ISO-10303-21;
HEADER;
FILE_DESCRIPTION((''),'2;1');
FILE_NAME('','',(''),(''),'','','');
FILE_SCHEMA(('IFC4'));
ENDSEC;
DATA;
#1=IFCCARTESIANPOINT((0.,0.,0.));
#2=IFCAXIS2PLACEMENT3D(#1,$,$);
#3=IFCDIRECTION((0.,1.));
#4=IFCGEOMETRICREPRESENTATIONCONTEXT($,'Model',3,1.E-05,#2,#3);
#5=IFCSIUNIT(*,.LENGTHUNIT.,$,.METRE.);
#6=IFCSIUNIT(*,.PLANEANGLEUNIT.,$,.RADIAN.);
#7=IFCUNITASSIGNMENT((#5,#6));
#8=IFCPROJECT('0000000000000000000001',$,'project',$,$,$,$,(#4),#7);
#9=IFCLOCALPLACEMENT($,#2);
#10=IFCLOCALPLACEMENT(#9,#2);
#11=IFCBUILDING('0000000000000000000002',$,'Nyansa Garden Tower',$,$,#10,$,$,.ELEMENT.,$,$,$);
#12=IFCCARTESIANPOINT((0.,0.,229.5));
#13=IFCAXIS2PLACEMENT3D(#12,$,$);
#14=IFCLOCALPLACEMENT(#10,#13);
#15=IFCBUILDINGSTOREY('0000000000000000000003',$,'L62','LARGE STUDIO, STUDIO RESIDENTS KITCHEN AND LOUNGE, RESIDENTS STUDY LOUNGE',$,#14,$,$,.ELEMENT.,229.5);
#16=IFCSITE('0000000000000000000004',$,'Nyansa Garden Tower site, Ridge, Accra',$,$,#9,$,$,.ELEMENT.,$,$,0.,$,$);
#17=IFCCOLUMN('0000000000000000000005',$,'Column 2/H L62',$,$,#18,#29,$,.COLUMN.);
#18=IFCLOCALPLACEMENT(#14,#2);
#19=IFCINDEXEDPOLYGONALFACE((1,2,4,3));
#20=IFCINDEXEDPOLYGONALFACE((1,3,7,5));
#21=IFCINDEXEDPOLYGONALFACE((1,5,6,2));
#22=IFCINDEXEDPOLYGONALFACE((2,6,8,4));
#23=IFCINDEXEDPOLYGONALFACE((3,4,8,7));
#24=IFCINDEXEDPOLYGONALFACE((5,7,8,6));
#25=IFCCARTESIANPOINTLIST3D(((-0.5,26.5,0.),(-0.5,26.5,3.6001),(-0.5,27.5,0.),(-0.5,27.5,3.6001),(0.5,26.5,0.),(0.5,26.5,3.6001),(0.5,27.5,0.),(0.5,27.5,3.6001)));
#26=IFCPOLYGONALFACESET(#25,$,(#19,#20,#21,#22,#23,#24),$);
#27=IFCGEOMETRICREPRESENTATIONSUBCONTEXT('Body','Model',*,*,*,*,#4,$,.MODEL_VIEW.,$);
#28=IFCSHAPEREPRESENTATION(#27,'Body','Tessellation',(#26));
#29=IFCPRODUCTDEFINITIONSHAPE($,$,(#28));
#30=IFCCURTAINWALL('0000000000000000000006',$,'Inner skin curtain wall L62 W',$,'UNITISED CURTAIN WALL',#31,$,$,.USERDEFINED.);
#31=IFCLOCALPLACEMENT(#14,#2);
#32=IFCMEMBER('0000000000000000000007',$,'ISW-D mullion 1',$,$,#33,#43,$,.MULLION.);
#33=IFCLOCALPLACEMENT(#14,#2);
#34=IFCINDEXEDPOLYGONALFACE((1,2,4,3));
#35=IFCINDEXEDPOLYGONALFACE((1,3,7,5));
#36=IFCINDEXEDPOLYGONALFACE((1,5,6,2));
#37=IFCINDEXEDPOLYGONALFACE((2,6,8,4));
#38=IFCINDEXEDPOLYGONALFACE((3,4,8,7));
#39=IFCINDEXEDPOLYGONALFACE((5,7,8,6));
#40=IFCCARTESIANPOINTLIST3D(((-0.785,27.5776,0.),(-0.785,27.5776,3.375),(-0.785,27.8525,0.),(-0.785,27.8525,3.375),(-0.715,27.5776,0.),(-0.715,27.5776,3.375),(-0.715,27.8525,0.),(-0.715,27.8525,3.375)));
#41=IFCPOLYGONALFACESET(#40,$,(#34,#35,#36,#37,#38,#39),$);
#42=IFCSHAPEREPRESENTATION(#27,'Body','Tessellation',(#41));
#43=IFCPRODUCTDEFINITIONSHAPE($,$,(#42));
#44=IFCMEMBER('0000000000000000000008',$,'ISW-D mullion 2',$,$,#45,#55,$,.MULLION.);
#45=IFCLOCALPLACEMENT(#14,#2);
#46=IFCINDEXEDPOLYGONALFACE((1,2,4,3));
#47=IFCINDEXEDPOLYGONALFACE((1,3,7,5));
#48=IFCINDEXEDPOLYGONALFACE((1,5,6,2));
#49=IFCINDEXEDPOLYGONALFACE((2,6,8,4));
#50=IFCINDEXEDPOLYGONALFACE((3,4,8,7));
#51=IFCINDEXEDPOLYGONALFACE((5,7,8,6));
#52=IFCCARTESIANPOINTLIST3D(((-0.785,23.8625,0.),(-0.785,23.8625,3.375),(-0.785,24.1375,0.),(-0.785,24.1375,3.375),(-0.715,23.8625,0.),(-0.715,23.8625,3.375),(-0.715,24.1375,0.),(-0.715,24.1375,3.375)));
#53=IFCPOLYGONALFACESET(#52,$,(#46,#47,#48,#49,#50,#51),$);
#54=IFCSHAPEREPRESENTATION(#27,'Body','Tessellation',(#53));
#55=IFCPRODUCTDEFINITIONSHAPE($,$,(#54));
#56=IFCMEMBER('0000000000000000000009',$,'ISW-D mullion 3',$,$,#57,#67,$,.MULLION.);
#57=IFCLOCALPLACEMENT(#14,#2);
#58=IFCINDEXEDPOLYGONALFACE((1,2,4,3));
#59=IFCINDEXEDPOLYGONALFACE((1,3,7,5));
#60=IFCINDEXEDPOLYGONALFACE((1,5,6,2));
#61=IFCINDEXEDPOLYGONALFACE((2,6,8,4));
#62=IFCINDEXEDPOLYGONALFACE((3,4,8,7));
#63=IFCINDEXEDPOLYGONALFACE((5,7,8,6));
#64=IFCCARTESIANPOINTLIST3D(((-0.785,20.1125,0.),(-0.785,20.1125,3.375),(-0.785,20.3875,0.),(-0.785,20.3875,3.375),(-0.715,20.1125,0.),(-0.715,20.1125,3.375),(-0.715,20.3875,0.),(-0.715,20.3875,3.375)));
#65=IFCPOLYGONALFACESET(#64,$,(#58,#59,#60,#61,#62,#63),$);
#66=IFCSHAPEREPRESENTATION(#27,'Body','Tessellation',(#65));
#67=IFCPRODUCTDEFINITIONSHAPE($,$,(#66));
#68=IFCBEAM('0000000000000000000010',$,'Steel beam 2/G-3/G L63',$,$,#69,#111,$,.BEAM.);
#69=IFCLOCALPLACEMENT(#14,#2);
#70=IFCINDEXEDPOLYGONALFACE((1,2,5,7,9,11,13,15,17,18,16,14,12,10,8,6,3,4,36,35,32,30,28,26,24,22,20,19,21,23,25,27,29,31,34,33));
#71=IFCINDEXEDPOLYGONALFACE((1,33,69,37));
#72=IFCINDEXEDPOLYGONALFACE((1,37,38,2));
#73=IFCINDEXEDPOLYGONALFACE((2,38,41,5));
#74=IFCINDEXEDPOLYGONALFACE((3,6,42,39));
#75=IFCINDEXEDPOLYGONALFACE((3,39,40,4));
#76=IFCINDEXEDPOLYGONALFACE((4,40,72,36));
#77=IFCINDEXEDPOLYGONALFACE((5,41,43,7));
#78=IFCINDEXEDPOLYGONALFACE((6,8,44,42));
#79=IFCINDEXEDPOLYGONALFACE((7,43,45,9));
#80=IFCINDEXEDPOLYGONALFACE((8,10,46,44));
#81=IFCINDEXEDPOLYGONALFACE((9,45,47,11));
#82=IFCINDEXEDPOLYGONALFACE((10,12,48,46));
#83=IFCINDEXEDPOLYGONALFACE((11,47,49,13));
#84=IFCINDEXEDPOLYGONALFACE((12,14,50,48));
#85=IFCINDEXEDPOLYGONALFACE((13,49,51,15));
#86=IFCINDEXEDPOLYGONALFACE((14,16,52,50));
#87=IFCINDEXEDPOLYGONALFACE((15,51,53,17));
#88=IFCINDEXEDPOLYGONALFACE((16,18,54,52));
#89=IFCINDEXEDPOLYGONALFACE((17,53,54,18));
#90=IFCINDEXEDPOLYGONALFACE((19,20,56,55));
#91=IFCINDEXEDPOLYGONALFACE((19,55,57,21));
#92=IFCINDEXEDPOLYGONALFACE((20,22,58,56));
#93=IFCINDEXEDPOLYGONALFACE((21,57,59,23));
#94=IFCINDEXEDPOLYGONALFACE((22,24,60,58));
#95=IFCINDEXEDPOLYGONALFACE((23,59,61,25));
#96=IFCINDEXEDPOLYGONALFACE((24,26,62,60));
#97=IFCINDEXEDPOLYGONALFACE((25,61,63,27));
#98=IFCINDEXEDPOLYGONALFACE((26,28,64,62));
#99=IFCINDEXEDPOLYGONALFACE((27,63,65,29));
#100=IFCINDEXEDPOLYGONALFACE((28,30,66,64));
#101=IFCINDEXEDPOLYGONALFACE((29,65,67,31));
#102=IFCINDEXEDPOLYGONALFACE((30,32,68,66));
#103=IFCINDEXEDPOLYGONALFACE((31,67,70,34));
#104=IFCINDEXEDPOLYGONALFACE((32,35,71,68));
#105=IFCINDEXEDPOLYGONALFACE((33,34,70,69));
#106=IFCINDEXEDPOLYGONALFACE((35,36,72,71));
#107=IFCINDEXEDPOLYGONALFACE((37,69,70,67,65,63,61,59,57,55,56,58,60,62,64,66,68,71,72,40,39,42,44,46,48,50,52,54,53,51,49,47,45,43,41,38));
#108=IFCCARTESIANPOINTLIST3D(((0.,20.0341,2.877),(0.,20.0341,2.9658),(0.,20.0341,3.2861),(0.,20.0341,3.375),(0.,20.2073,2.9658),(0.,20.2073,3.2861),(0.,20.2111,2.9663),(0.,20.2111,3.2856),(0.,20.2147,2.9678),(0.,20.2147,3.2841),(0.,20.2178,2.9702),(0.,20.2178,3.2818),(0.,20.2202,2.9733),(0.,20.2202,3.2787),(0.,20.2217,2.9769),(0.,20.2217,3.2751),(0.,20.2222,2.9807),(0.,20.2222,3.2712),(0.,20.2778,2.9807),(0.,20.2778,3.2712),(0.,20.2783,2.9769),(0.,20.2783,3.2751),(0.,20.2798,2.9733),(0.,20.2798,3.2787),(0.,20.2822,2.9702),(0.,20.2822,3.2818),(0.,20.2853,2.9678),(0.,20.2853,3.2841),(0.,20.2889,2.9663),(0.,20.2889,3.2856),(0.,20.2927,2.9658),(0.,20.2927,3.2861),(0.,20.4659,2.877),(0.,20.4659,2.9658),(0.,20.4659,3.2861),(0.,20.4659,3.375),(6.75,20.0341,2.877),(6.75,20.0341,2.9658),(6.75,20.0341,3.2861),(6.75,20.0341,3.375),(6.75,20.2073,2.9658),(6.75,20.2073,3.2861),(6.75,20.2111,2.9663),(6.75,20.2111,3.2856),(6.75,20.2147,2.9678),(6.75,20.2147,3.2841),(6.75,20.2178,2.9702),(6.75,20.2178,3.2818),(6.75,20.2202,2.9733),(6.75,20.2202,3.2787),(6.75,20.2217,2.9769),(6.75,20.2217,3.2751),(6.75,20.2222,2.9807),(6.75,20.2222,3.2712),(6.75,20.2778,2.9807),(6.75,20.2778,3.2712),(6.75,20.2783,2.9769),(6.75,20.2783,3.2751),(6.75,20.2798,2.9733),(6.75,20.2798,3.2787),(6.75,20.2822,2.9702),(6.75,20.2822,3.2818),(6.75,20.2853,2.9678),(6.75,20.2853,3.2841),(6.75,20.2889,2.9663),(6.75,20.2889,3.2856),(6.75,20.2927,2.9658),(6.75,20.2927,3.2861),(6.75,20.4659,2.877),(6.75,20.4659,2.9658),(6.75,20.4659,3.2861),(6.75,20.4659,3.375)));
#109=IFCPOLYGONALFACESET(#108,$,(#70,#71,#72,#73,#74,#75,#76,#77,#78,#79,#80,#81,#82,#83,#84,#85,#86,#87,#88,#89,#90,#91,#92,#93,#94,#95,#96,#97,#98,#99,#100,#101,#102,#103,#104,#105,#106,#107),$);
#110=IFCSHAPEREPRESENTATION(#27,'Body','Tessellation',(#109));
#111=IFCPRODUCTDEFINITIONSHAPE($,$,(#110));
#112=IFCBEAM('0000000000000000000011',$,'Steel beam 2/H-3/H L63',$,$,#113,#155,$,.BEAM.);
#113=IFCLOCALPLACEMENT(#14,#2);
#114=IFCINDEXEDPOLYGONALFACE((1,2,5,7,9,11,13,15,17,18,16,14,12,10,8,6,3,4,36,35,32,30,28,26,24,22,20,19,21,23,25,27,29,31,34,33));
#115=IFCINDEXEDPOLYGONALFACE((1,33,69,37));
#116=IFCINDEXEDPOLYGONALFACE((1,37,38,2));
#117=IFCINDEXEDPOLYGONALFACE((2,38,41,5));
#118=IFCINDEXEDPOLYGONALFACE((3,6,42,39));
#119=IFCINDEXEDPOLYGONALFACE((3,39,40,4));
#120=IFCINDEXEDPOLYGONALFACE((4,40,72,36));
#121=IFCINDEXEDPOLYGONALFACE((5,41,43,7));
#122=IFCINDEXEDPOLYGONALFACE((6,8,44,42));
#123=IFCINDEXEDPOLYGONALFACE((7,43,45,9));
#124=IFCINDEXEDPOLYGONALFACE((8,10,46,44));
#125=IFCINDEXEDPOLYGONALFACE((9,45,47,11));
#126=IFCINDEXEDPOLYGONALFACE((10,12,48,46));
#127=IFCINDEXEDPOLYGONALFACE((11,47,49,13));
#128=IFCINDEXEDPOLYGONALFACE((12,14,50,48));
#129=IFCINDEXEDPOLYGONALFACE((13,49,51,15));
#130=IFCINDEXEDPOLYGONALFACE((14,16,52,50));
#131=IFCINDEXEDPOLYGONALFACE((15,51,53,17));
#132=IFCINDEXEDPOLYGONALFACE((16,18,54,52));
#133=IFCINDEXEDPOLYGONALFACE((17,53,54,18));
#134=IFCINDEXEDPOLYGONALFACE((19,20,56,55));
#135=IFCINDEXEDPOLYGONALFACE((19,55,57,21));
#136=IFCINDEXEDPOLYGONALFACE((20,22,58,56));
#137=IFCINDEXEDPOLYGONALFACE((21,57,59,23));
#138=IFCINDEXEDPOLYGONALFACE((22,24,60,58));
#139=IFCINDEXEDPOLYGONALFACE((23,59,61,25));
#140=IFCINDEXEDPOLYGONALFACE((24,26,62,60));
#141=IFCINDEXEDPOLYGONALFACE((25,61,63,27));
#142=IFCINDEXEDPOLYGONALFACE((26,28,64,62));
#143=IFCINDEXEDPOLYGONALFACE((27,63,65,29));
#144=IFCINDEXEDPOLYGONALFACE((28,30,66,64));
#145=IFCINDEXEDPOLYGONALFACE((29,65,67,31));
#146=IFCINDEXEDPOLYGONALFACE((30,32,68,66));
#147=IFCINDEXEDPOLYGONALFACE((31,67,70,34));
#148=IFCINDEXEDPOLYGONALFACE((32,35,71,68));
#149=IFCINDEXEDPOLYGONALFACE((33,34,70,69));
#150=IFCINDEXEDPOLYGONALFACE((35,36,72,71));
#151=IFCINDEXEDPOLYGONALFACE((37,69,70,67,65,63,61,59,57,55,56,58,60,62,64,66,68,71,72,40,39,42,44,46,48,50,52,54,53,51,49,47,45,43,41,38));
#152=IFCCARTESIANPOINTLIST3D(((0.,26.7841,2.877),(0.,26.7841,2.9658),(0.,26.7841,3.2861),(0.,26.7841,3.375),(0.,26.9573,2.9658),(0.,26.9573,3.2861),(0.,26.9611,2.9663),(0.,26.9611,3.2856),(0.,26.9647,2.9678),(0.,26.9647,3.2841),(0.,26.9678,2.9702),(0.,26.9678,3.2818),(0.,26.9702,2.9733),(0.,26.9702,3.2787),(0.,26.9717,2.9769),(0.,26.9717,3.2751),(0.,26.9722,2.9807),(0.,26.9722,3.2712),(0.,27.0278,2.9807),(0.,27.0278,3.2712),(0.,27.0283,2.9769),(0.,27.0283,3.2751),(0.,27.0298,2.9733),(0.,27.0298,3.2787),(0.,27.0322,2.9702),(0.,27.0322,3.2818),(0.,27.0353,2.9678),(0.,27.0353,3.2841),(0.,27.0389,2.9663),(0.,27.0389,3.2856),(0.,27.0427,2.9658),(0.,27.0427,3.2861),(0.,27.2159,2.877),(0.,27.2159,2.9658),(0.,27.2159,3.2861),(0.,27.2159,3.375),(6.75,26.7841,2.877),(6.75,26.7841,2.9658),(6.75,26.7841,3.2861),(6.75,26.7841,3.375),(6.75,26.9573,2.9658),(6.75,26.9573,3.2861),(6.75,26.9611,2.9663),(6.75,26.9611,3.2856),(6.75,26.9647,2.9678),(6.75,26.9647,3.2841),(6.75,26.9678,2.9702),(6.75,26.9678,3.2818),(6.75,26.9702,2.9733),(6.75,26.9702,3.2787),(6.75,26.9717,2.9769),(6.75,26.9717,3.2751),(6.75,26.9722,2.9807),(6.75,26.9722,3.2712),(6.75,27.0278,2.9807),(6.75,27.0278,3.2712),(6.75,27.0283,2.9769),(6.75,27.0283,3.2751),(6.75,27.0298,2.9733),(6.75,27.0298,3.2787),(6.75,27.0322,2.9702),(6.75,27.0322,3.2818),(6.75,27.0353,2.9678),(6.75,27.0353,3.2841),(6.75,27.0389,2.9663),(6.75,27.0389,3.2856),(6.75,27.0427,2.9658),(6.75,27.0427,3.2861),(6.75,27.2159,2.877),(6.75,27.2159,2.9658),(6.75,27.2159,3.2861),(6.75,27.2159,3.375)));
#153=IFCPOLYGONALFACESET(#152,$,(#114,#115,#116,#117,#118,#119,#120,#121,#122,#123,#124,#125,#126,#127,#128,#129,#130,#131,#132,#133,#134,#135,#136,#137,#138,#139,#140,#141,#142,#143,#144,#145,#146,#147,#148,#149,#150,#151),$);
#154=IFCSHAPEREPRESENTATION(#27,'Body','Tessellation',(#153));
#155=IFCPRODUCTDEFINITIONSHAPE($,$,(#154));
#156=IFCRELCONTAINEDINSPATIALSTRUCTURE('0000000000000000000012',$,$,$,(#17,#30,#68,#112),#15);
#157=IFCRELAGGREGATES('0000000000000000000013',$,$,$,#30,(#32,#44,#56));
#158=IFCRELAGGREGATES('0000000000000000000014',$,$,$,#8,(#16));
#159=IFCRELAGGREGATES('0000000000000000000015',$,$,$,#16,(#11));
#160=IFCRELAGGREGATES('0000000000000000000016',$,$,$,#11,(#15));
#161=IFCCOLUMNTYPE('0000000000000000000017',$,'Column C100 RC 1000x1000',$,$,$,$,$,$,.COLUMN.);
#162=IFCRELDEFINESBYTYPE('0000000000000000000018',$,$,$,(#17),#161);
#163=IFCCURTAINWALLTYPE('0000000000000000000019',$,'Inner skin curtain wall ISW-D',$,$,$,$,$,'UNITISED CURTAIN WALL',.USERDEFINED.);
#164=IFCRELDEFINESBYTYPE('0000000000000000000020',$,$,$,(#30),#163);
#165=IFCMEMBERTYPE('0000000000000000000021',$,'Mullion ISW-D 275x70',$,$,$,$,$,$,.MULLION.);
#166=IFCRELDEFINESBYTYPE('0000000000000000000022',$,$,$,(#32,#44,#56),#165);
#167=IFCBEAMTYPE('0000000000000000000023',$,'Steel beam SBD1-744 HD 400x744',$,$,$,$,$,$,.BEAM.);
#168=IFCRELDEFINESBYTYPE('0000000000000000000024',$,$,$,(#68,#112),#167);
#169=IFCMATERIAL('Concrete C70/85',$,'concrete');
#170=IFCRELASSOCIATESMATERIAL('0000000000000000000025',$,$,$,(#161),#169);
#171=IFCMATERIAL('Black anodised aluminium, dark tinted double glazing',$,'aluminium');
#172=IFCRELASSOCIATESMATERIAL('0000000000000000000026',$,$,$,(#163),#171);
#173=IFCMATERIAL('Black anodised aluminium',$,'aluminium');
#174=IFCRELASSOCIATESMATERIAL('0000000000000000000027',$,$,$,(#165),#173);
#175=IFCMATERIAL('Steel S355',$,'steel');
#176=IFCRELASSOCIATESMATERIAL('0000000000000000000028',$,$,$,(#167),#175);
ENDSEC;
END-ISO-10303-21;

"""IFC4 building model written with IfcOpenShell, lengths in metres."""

from ifc_helpers import new_model, si_unit, direction, frame, origin, origin_2d, place, context, subcontext, project, spatial, rectangle, i_section, extrude, material, material_profile, profile_set, type_object, element, aggregate, save


model = new_model("IFC4")

# Units and contexts
model_context = context("Model", 3, precision=1e-05, world=origin(), true_north=direction((0.0, 1.0)))
body_context = subcontext(model_context, "Body", "Model", "MODEL_VIEW")
ifc_project = project(units=[si_unit("LENGTHUNIT", "METRE"), si_unit("PLANEANGLEUNIT", "RADIAN")], contexts=[model_context])

# Site, building, storey
site_placement = place(None, origin())
site = spatial("IfcSite", under=ifc_project, at=site_placement, Name="Nyansa Garden Tower site, Ridge, Accra", CompositionType="ELEMENT", RefElevation=0.0)
building_placement = place(site_placement, origin())
building = spatial("IfcBuilding", under=site, at=building_placement, Name="Nyansa Garden Tower", CompositionType="ELEMENT")
storey_placement = place(building_placement, frame((0.0, 0.0, 229.5)))
storey = spatial("IfcBuildingStorey", under=building, at=storey_placement, Name="L62", Description="LARGE STUDIO, STUDIO RESIDENTS KITCHEN AND LOUNGE, RESIDENTS STUDY LOUNGE", CompositionType="ELEMENT", Elevation=229.5)

# Column
ifc_material_1 = material(Name="Concrete C70/85", Category="concrete")
ifc_material_profile_1 = material_profile(ifc_material_1, rectangle(XDim=1.0, YDim=1.0, at=origin_2d()), Name="RC 1000x1000")
ifc_profile_set_1 = profile_set([ifc_material_profile_1], Name="Concrete C70/85")
column_type = type_object("IfcColumnType", Name="Column C100 RC 1000x1000", PredefinedType="COLUMN", material=ifc_profile_set_1)
column_placement = place(storey_placement, frame((0.0, 27.0, 0.0), z_axis=(0.0, 0.0, 1.0), x_axis=(1.0, 0.0, 0.0)))
element("IfcColumn", 1, at=column_placement, inside=storey, type_object=column_type, Name="Column 2/H L62", PredefinedType="COLUMN", context=body_context, shape_type="SweptSolid", body=[
    extrude(rectangle(XDim=1.0, YDim=1.0, at=origin_2d()), origin(), (0.0, 0.0, 1.0), 3.6001),
])

# Curtain wall, members
ifc_material_2 = material(Name="Black anodised aluminium, dark tinted double glazing", Category="aluminium")
curtain_wall_type = type_object("IfcCurtainWallType", Name="Inner skin curtain wall ISW-D", ElementType="UNITISED CURTAIN WALL", PredefinedType="USERDEFINED", material=ifc_material_2)
curtain_wall_placement = place(storey_placement, origin())
curtain_wall = element("IfcCurtainWall", 2, at=curtain_wall_placement, inside=storey, type_object=curtain_wall_type, Name="Inner skin curtain wall L62 W", ObjectType="UNITISED CURTAIN WALL", PredefinedType="USERDEFINED")
ifc_material_3 = material(Name="Black anodised aluminium", Category="aluminium")
ifc_material_profile_2 = material_profile(ifc_material_3, rectangle(XDim=0.0701, YDim=0.2749, at=origin_2d()), Name="Mullion 275x70")
ifc_profile_set_2 = profile_set([ifc_material_profile_2], Name="Black anodised aluminium")
member_type_1 = type_object("IfcMemberType", Name="Mullion ISW-D 275x70", PredefinedType="MULLION", material=ifc_profile_set_2)
member_1_placement = place(storey_placement, frame((-0.75, 27.7151, 0.0), z_axis=(0.0, 0.0, 1.0), x_axis=(1.0, 0.0, 0.0)))
member_1 = element("IfcMember", 3, at=member_1_placement, type_object=member_type_1, Name="ISW-D mullion 1", PredefinedType="MULLION", context=body_context, shape_type="SweptSolid", body=[
    extrude(rectangle(XDim=0.0701, YDim=0.2749, at=origin_2d()), origin(), (0.0, 0.0, 1.0), 3.375),
])
member_2_placement = place(storey_placement, frame((-0.75, 24.0, 0.0), z_axis=(0.0, 0.0, 1.0), x_axis=(1.0, 0.0, 0.0)))
member_2 = element("IfcMember", 4, at=member_2_placement, type_object=member_type_1, Name="ISW-D mullion 2", PredefinedType="MULLION", context=body_context, shape_type="SweptSolid", body=[
    extrude(rectangle(XDim=0.0701, YDim=0.2749, at=origin_2d()), origin(), (0.0, 0.0, 1.0), 3.375),
])
member_3_placement = place(storey_placement, frame((-0.75, 20.25, 0.0), z_axis=(0.0, 0.0, 1.0), x_axis=(1.0, 0.0, 0.0)))
member_3 = element("IfcMember", 5, at=member_3_placement, type_object=member_type_1, Name="ISW-D mullion 3", PredefinedType="MULLION", context=body_context, shape_type="SweptSolid", body=[
    extrude(rectangle(XDim=0.0701, YDim=0.2749, at=origin_2d()), origin(), (0.0, 0.0, 1.0), 3.375),
])

# Beams
ifc_material_4 = material(Name="Steel S355", Category="steel")
ifc_material_profile_3 = material_profile(ifc_material_4, i_section(OverallWidth=0.4319, OverallDepth=0.498, WebThickness=0.0557, FlangeThickness=0.0889, FilletRadius=0.0149, at=origin_2d()), Name="HD 400x744")
ifc_profile_set_3 = profile_set([ifc_material_profile_3], Name="Steel S355")
beam_type_1 = type_object("IfcBeamType", Name="Steel beam SBD1-744 HD 400x744", PredefinedType="BEAM", material=ifc_profile_set_3)
for number, where, z_axis, x_axis, name in (
    (6, (0.0, 20.25, 3.126), (1.0, 0.0, 0.0), (0.0, 1.0, 0.0), "Steel beam 2/G-3/G L63"),
    (7, (0.0, 27.0, 3.126), (1.0, 0.0, 0.0), (0.0, 1.0, 0.0), "Steel beam 2/H-3/H L63"),
):
    element("IfcBeam", number, at=place(storey_placement, frame(where, z_axis=z_axis, x_axis=x_axis)), inside=storey, type_object=beam_type_1, Name=name, PredefinedType="BEAM", context=body_context, shape_type="SweptSolid", body=[
        extrude(i_section(OverallWidth=0.4319, OverallDepth=0.498, WebThickness=0.0557, FlangeThickness=0.0889, FilletRadius=0.0149, at=origin_2d()), origin(), (0.0, 0.0, 1.0), 6.75),
    ])

aggregate(curtain_wall, [member_1, member_2, member_3])

save(model, "model.ifc")
